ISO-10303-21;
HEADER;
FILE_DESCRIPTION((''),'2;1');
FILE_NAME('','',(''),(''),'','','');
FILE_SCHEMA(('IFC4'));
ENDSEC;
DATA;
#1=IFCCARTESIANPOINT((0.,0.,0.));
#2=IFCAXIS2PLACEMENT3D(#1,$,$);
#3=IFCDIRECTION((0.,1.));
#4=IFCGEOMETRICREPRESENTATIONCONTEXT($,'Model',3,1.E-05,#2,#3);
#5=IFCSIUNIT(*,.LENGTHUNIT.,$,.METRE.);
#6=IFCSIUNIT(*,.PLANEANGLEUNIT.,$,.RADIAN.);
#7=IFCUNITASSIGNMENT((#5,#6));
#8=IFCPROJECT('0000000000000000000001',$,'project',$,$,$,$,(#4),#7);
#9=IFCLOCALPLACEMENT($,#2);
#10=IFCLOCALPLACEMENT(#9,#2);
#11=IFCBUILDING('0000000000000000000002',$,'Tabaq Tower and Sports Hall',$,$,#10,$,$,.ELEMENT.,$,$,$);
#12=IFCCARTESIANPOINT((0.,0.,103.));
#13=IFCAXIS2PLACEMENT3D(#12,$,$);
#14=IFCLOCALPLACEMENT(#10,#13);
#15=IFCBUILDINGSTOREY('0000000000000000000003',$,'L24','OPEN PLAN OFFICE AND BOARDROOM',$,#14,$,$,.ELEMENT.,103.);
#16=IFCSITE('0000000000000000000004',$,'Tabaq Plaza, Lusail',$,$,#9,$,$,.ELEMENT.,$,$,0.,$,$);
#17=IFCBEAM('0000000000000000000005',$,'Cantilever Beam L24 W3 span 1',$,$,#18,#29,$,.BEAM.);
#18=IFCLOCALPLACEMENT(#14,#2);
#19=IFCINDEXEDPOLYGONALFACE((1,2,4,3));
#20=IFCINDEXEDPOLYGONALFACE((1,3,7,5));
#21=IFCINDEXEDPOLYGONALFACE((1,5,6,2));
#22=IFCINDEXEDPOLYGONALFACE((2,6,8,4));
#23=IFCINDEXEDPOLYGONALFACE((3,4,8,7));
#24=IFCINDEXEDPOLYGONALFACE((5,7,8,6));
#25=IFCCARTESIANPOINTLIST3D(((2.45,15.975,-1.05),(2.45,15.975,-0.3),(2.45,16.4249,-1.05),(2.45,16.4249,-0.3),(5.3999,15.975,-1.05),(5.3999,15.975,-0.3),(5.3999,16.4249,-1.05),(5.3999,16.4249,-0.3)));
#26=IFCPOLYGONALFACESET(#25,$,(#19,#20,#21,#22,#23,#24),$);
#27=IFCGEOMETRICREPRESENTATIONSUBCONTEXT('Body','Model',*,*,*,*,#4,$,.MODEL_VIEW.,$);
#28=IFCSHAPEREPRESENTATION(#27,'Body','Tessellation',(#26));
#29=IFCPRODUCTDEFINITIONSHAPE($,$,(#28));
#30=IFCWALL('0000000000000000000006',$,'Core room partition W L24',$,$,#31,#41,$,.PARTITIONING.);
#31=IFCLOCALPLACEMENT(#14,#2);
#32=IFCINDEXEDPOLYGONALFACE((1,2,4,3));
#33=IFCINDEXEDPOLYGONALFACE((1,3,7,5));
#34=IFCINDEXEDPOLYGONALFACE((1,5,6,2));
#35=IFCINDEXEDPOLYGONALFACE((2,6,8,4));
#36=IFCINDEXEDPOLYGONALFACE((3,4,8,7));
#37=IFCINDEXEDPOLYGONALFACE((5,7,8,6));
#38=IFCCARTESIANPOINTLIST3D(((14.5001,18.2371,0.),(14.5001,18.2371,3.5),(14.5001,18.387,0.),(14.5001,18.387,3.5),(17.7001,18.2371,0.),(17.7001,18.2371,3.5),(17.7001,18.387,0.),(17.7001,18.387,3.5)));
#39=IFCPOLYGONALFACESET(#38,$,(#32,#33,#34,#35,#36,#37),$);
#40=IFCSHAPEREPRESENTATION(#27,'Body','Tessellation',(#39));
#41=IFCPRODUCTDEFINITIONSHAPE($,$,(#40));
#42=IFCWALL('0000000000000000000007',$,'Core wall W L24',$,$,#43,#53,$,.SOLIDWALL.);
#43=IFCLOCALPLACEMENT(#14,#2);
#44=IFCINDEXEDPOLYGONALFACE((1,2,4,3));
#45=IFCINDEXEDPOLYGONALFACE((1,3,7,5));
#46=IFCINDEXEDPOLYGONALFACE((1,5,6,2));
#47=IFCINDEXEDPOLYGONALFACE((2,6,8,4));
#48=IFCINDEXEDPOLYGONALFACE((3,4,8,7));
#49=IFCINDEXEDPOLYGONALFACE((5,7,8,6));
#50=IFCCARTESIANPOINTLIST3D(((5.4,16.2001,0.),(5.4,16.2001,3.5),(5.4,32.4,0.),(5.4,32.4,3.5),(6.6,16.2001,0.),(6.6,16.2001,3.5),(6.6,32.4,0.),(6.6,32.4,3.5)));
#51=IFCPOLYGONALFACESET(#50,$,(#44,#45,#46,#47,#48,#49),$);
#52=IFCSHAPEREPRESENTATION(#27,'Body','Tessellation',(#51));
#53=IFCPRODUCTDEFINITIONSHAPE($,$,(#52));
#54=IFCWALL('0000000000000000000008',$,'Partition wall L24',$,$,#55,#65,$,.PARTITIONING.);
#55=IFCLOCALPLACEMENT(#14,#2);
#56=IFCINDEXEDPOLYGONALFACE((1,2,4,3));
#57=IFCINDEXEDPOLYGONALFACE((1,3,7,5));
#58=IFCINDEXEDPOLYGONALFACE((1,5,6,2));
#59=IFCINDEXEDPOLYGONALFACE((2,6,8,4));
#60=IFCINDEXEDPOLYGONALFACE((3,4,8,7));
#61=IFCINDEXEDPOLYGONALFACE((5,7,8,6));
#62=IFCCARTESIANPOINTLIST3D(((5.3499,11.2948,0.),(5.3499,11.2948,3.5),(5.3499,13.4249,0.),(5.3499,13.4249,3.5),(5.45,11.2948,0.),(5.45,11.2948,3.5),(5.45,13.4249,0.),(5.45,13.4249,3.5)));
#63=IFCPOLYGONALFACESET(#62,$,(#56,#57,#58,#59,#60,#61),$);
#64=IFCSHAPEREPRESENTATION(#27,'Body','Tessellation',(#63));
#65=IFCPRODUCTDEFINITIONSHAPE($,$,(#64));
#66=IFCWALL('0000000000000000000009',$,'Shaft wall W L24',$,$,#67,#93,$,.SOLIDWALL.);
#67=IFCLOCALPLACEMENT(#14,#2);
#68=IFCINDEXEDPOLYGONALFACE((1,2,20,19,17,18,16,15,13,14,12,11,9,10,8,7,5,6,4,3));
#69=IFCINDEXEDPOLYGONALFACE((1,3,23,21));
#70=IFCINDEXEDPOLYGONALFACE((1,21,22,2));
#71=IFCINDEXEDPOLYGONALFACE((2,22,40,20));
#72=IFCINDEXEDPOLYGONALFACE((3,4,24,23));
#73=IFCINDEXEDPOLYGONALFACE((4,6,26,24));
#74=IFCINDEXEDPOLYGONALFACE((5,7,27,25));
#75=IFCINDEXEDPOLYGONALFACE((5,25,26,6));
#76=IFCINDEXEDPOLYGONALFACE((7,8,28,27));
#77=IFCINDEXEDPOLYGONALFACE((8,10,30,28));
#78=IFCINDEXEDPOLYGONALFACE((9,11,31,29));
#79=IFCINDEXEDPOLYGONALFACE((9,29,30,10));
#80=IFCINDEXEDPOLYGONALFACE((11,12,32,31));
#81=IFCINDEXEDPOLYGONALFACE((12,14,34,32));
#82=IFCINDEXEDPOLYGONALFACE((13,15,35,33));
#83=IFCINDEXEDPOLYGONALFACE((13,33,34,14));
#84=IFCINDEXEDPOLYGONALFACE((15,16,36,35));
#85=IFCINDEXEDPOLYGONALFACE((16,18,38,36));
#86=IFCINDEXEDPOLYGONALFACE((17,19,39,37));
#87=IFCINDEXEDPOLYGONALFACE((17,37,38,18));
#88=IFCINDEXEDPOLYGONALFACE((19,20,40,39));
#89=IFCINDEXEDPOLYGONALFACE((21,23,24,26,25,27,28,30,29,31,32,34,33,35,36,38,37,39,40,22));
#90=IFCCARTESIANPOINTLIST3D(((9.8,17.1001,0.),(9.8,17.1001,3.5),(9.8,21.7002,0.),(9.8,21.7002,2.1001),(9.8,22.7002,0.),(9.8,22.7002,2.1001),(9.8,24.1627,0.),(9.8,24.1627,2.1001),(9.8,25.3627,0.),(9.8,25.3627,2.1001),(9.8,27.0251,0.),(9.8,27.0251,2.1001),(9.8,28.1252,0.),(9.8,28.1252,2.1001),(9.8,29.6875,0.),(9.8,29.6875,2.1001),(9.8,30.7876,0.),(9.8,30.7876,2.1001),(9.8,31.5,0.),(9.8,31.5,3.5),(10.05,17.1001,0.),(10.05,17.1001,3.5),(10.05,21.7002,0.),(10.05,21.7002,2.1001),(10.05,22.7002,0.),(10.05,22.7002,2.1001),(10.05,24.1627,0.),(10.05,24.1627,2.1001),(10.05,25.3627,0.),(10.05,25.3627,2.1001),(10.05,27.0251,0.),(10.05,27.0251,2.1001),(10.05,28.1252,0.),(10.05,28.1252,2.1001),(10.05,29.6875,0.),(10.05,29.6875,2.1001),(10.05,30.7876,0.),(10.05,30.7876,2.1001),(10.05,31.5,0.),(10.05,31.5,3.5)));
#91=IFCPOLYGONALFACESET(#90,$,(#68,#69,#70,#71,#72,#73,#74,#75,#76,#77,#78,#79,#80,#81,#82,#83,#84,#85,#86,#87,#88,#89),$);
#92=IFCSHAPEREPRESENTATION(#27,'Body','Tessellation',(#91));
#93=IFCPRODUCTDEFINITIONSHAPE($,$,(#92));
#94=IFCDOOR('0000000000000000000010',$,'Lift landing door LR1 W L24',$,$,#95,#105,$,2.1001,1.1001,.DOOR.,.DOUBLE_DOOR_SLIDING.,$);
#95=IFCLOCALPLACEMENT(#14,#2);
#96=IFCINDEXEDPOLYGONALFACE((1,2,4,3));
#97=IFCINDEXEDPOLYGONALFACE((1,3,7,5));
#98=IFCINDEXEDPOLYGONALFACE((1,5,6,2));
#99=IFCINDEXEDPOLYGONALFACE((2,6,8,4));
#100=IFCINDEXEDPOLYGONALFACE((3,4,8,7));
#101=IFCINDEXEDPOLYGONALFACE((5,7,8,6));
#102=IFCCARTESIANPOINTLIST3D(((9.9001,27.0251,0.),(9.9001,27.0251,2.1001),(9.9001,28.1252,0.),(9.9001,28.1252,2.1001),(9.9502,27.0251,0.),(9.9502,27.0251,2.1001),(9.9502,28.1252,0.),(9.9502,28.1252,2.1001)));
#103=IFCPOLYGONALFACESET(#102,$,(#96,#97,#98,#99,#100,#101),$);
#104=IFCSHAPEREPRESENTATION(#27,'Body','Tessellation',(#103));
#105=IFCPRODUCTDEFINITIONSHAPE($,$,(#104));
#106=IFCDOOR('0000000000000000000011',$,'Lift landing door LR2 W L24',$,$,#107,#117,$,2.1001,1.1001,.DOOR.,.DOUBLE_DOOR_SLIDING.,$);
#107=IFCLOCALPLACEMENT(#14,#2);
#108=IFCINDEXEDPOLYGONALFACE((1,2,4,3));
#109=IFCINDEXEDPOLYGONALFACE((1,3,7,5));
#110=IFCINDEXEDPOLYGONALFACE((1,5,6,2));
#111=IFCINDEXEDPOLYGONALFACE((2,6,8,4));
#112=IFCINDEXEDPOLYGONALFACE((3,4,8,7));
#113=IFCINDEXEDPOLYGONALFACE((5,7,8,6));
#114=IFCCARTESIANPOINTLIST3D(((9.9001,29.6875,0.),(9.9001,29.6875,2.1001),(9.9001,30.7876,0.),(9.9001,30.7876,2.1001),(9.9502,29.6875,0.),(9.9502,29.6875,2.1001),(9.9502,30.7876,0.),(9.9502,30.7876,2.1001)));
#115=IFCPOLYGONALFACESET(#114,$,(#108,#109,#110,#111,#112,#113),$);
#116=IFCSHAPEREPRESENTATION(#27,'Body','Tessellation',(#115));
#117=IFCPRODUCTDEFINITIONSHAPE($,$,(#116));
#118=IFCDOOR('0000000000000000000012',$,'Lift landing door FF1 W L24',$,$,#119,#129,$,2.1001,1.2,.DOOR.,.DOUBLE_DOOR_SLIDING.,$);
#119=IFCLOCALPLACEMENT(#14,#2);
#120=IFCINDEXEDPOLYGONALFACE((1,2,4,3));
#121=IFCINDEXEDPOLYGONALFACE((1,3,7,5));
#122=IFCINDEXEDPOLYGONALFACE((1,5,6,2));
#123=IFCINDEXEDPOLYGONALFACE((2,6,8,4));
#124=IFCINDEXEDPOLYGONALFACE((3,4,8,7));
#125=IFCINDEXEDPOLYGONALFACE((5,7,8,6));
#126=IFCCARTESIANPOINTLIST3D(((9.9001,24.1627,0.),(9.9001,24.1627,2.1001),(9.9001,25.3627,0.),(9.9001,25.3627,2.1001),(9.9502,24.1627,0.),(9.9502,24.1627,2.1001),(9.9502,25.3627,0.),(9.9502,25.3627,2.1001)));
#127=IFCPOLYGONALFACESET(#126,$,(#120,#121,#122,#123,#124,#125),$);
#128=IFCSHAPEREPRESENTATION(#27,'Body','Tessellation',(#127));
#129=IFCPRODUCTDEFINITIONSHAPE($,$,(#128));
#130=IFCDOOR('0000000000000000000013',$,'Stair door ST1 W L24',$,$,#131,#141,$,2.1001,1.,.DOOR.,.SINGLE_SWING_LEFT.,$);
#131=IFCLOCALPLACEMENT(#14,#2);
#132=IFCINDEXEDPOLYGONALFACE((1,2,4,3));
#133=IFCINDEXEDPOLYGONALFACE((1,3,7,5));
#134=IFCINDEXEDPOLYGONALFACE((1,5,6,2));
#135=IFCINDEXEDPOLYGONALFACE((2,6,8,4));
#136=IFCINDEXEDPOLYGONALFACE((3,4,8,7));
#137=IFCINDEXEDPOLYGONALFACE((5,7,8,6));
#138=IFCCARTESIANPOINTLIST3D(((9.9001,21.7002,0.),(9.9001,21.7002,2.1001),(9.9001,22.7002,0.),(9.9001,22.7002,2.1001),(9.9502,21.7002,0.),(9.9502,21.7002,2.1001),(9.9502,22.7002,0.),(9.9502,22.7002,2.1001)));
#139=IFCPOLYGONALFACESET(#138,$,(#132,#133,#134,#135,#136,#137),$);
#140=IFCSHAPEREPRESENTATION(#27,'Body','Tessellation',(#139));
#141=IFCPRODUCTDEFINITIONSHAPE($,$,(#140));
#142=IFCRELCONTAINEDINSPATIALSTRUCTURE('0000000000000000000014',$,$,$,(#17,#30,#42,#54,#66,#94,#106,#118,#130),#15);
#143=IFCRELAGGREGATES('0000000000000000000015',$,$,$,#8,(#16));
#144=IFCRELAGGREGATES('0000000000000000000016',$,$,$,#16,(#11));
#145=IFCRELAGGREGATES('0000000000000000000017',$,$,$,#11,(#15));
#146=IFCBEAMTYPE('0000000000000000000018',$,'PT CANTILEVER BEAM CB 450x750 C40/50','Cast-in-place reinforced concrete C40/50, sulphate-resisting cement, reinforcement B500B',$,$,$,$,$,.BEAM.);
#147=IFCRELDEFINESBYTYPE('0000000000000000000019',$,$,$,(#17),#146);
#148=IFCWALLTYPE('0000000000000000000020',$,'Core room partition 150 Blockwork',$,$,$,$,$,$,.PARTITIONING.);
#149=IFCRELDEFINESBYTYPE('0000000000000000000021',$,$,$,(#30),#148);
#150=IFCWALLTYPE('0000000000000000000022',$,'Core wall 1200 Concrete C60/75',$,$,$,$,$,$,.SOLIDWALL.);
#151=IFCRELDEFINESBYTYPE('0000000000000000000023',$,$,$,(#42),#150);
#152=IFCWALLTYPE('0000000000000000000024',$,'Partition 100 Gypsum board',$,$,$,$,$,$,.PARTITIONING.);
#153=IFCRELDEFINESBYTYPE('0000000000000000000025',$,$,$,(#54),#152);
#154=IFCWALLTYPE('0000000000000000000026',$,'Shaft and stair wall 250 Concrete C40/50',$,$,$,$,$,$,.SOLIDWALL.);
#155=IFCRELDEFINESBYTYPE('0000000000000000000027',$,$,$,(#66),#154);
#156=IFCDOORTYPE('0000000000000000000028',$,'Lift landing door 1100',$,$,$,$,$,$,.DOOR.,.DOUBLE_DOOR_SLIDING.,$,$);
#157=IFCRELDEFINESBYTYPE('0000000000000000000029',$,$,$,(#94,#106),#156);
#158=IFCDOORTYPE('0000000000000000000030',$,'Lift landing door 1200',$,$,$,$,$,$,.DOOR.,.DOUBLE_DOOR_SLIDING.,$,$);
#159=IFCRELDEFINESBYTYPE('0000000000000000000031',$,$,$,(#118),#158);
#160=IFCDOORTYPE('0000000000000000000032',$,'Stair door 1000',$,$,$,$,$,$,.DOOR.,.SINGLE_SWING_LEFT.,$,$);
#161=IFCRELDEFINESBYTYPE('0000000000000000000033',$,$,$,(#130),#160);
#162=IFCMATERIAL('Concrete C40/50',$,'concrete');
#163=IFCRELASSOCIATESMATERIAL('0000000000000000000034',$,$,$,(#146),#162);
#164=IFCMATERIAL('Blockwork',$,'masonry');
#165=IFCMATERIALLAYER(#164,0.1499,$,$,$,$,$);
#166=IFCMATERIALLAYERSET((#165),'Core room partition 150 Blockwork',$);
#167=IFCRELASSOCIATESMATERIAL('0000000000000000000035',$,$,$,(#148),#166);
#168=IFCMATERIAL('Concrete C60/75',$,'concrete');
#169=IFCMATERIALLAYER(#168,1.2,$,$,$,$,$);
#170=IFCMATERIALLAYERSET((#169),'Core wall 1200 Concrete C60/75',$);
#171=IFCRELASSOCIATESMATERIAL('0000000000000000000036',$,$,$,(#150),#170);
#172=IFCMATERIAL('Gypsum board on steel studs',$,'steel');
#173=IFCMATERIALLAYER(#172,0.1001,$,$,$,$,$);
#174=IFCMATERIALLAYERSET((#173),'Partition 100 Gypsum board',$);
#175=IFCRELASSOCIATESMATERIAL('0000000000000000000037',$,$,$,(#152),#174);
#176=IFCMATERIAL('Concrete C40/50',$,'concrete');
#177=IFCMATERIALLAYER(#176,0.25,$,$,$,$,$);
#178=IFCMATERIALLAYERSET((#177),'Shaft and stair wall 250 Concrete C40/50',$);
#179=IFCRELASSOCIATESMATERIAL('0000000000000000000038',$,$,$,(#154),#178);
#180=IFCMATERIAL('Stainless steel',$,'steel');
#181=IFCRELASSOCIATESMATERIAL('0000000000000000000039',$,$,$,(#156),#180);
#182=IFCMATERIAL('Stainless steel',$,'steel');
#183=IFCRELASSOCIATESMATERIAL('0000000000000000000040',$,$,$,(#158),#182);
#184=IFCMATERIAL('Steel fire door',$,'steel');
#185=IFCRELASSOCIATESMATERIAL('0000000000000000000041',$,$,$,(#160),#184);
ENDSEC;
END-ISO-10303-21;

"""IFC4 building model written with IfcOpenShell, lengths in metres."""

from ifc_helpers import new_model, si_unit, direction, frame, frame_2d, origin, origin_2d, place, context, subcontext, project, spatial, rectangle, extrude, material, layer, layer_set, material_profile, profile_set, type_object, element, fill, save


model = new_model("IFC4")

# Units and contexts
model_context = context("Model", 3, precision=1e-05, world=origin(), true_north=direction((0.0, 1.0)))
body_context = subcontext(model_context, "Body", "Model", "MODEL_VIEW")
ifc_project = project(units=[si_unit("LENGTHUNIT", "METRE"), si_unit("PLANEANGLEUNIT", "RADIAN")], contexts=[model_context])

# Site, building, storey
site_placement = place(None, origin())
site = spatial("IfcSite", under=ifc_project, at=site_placement, Name="Tabaq Plaza, Lusail", CompositionType="ELEMENT", RefElevation=0.0)
building_placement = place(site_placement, origin())
building = spatial("IfcBuilding", under=site, at=building_placement, Name="Tabaq Tower and Sports Hall", CompositionType="ELEMENT")
storey_placement = place(building_placement, frame((0.0, 0.0, 103.0)))
storey = spatial("IfcBuildingStorey", under=building, at=storey_placement, Name="L24", Description="OPEN PLAN OFFICE AND BOARDROOM", CompositionType="ELEMENT", Elevation=103.0)

# Beam
ifc_material_1 = material(Name="Concrete C40/50", Category="concrete")
ifc_material_profile = material_profile(ifc_material_1, rectangle(XDim=0.45, YDim=0.75, at=origin_2d()), Name="CB 450x750")
ifc_profile_set = profile_set([ifc_material_profile], Name="Concrete C40/50")
beam_type = type_object("IfcBeamType", Name="PT CANTILEVER BEAM CB 450x750 C40/50", Description="Cast-in-place reinforced concrete C40/50, sulphate-resisting cement, reinforcement B500B", PredefinedType="BEAM", material=ifc_profile_set)
beam_placement = place(storey_placement, frame((2.45, 16.2, -0.675), z_axis=(1.0, 0.0, 0.0), x_axis=(0.0, 1.0, 0.0)))
element("IfcBeam", 1, at=beam_placement, inside=storey, type_object=beam_type, Name="Cantilever Beam L24 W3 span 1", PredefinedType="BEAM", context=body_context, shape_type="SweptSolid", body=[
    extrude(rectangle(XDim=0.45, YDim=0.75, at=origin_2d()), origin(), (0.0, 0.0, 1.0), 2.95),
])

# Walls
ifc_material_2 = material(Name="Blockwork", Category="masonry")
ifc_layer_1 = layer(ifc_material_2, 0.1499)
ifc_layer_set_1 = layer_set([ifc_layer_1], Name="Core room partition 150 Blockwork")
wall_type_1 = type_object("IfcWallType", Name="Core room partition 150 Blockwork", PredefinedType="PARTITIONING", material=ifc_layer_set_1)
wall_1_placement = place(storey_placement, frame((14.5, 18.312, 0.0), z_axis=(0.0, 0.0, 1.0), x_axis=(1.0, 0.0, 0.0)))
element("IfcWall", 2, at=wall_1_placement, inside=storey, type_object=wall_type_1, Name="Core room partition W L24", PredefinedType="PARTITIONING", context=body_context, shape_type="SweptSolid", body=[
    extrude(rectangle(XDim=3.2, YDim=0.1499, at=frame_2d((1.6001, 0.0))), origin(), (0.0, 0.0, 1.0), 3.5),
])
ifc_material_3 = material(Name="Concrete C60/75", Category="concrete")
ifc_layer_2 = layer(ifc_material_3, 1.2)
ifc_layer_set_2 = layer_set([ifc_layer_2], Name="Core wall 1200 Concrete C60/75")
wall_type_2 = type_object("IfcWallType", Name="Core wall 1200 Concrete C60/75", PredefinedType="SOLIDWALL", material=ifc_layer_set_2)
wall_2_placement = place(storey_placement, frame((6.0, 16.2, 0.0), z_axis=(0.0, 0.0, 1.0), x_axis=(0.0, 1.0, 0.0)))
element("IfcWall", 3, at=wall_2_placement, inside=storey, type_object=wall_type_2, Name="Core wall W L24", PredefinedType="SOLIDWALL", context=body_context, shape_type="SweptSolid", body=[
    extrude(rectangle(XDim=16.2, YDim=1.2, at=frame_2d((8.1001, 0.0))), origin(), (0.0, 0.0, 1.0), 3.5),
])

# Wall
ifc_material_4 = material(Name="Gypsum board on steel studs", Category="steel")
ifc_layer_3 = layer(ifc_material_4, 0.1001)
ifc_layer_set_3 = layer_set([ifc_layer_3], Name="Partition 100 Gypsum board")
wall_type_3 = type_object("IfcWallType", Name="Partition 100 Gypsum board", PredefinedType="PARTITIONING", material=ifc_layer_set_3)
wall_3_placement = place(storey_placement, frame((5.3999, 11.2949, 0.0), z_axis=(0.0, 0.0, 1.0), x_axis=(0.0, 1.0, 0.0)))
element("IfcWall", 4, at=wall_3_placement, inside=storey, type_object=wall_type_3, Name="Partition wall L24", PredefinedType="PARTITIONING", context=body_context, shape_type="SweptSolid", body=[
    extrude(rectangle(XDim=2.1301, YDim=0.1001, at=frame_2d((1.0649, 0.0))), origin(), (0.0, 0.0, 1.0), 3.5),
])

# Wall, openings, doors
ifc_material_5 = material(Name="Concrete C40/50", Category="concrete")
ifc_layer_4 = layer(ifc_material_5, 0.25)
ifc_layer_set_4 = layer_set([ifc_layer_4], Name="Shaft and stair wall 250 Concrete C40/50")
wall_type_4 = type_object("IfcWallType", Name="Shaft and stair wall 250 Concrete C40/50", PredefinedType="SOLIDWALL", material=ifc_layer_set_4)
wall_4_placement = place(storey_placement, frame((9.925, 17.1001, 0.0), z_axis=(0.0, 0.0, 1.0), x_axis=(0.0, 1.0, 0.0)))
wall_4 = element("IfcWall", 5, at=wall_4_placement, inside=storey, type_object=wall_type_4, Name="Shaft wall W L24", PredefinedType="SOLIDWALL", context=body_context, shape_type="SweptSolid", body=[
    extrude(rectangle(XDim=14.3999, YDim=0.25, at=frame_2d((7.2, 0.0))), origin(), (0.0, 0.0, 1.0), 3.5),
])
opening_1_placement = place(wall_4_placement, frame((4.6001, 0.0, 0.0)))
opening_1 = element("IfcOpeningElement", 6, at=opening_1_placement, cuts=wall_4, PredefinedType="OPENING", context=body_context, shape_type="SweptSolid", body=[
    extrude(rectangle(XDim=1.0, YDim=2.1001, at=frame_2d((0.5, 1.05))), frame((0.0, 0.125, 0.0), z_axis=(0.0, -1.0, 0.0), x_axis=(1.0, 0.0, 0.0)), (0.0, 0.0, 1.0), 0.25),
])
opening_2_placement = place(wall_4_placement, frame((7.0625, 0.0, 0.0)))
opening_2 = element("IfcOpeningElement", 7, at=opening_2_placement, cuts=wall_4, PredefinedType="OPENING", context=body_context, shape_type="SweptSolid", body=[
    extrude(rectangle(XDim=1.2, YDim=2.1001, at=frame_2d((0.6001, 1.05))), frame((0.0, 0.125, 0.0), z_axis=(0.0, -1.0, 0.0), x_axis=(1.0, 0.0, 0.0)), (0.0, 0.0, 1.0), 0.25),
])
opening_3_placement = place(wall_4_placement, frame((9.925, 0.0, 0.0)))
opening_3 = element("IfcOpeningElement", 8, at=opening_3_placement, cuts=wall_4, PredefinedType="OPENING", context=body_context, shape_type="SweptSolid", body=[
    extrude(rectangle(XDim=1.1001, YDim=2.1001, at=frame_2d((0.55, 1.05))), frame((0.0, 0.125, 0.0), z_axis=(0.0, -1.0, 0.0), x_axis=(1.0, 0.0, 0.0)), (0.0, 0.0, 1.0), 0.25),
])
opening_4_placement = place(wall_4_placement, frame((12.5874, 0.0, 0.0)))
opening_4 = element("IfcOpeningElement", 9, at=opening_4_placement, cuts=wall_4, PredefinedType="OPENING", context=body_context, shape_type="SweptSolid", body=[
    extrude(rectangle(XDim=1.1001, YDim=2.1001, at=frame_2d((0.55, 1.05))), frame((0.0, 0.125, 0.0), z_axis=(0.0, -1.0, 0.0), x_axis=(1.0, 0.0, 0.0)), (0.0, 0.0, 1.0), 0.25),
])
ifc_material_6 = material(Name="Stainless steel", Category="steel")
door_type_1 = type_object("IfcDoorType", Name="Lift landing door 1100", OperationType="DOUBLE_DOOR_SLIDING", PredefinedType="DOOR", material=ifc_material_6)
door_1_placement = place(opening_3_placement, origin())
door_1 = element("IfcDoor", 10, at=door_1_placement, inside=storey, type_object=door_type_1, Name="Lift landing door LR1 W L24", OperationType="DOUBLE_DOOR_SLIDING", OverallHeight=2.1001, OverallWidth=1.1001, PredefinedType="DOOR", context=body_context, shape_type="SweptSolid", body=[
    extrude(rectangle(XDim=1.1001, YDim=2.1001, at=frame_2d((0.55, 1.05))), frame((0.0, 0.0249, 0.0), z_axis=(0.0, -1.0, 0.0), x_axis=(1.0, 0.0, 0.0)), (0.0, 0.0, 1.0), 0.05),
])
fill(opening_3, door_1)
door_2_placement = place(opening_4_placement, origin())
door_2 = element("IfcDoor", 11, at=door_2_placement, inside=storey, type_object=door_type_1, Name="Lift landing door LR2 W L24", OperationType="DOUBLE_DOOR_SLIDING", OverallHeight=2.1001, OverallWidth=1.1001, PredefinedType="DOOR", context=body_context, shape_type="SweptSolid", body=[
    extrude(rectangle(XDim=1.1001, YDim=2.1001, at=frame_2d((0.55, 1.05))), frame((0.0, 0.0249, 0.0), z_axis=(0.0, -1.0, 0.0), x_axis=(1.0, 0.0, 0.0)), (0.0, 0.0, 1.0), 0.05),
])
fill(opening_4, door_2)
ifc_material_7 = material(Name="Stainless steel", Category="steel")
door_type_2 = type_object("IfcDoorType", Name="Lift landing door 1200", OperationType="DOUBLE_DOOR_SLIDING", PredefinedType="DOOR", material=ifc_material_7)
door_3_placement = place(opening_2_placement, origin())
door_3 = element("IfcDoor", 12, at=door_3_placement, inside=storey, type_object=door_type_2, Name="Lift landing door FF1 W L24", OperationType="DOUBLE_DOOR_SLIDING", OverallHeight=2.1001, OverallWidth=1.2, PredefinedType="DOOR", context=body_context, shape_type="SweptSolid", body=[
    extrude(rectangle(XDim=1.2, YDim=2.1001, at=frame_2d((0.6001, 1.05))), frame((0.0, 0.0249, 0.0), z_axis=(0.0, -1.0, 0.0), x_axis=(1.0, 0.0, 0.0)), (0.0, 0.0, 1.0), 0.05),
])
fill(opening_2, door_3)
ifc_material_8 = material(Name="Steel fire door", Category="steel")
door_type_3 = type_object("IfcDoorType", Name="Stair door 1000", OperationType="SINGLE_SWING_LEFT", PredefinedType="DOOR", material=ifc_material_8)
door_4_placement = place(opening_1_placement, origin())
door_4 = element("IfcDoor", 13, at=door_4_placement, inside=storey, type_object=door_type_3, Name="Stair door ST1 W L24", OperationType="SINGLE_SWING_LEFT", OverallHeight=2.1001, OverallWidth=1.0, PredefinedType="DOOR", context=body_context, shape_type="SweptSolid", body=[
    extrude(rectangle(XDim=1.0, YDim=2.1001, at=frame_2d((0.5, 1.05))), frame((0.0, 0.0249, 0.0), z_axis=(0.0, -1.0, 0.0), x_axis=(1.0, 0.0, 0.0)), (0.0, 0.0, 1.0), 0.05),
])
fill(opening_1, door_4)

save(model, "model.ifc")
